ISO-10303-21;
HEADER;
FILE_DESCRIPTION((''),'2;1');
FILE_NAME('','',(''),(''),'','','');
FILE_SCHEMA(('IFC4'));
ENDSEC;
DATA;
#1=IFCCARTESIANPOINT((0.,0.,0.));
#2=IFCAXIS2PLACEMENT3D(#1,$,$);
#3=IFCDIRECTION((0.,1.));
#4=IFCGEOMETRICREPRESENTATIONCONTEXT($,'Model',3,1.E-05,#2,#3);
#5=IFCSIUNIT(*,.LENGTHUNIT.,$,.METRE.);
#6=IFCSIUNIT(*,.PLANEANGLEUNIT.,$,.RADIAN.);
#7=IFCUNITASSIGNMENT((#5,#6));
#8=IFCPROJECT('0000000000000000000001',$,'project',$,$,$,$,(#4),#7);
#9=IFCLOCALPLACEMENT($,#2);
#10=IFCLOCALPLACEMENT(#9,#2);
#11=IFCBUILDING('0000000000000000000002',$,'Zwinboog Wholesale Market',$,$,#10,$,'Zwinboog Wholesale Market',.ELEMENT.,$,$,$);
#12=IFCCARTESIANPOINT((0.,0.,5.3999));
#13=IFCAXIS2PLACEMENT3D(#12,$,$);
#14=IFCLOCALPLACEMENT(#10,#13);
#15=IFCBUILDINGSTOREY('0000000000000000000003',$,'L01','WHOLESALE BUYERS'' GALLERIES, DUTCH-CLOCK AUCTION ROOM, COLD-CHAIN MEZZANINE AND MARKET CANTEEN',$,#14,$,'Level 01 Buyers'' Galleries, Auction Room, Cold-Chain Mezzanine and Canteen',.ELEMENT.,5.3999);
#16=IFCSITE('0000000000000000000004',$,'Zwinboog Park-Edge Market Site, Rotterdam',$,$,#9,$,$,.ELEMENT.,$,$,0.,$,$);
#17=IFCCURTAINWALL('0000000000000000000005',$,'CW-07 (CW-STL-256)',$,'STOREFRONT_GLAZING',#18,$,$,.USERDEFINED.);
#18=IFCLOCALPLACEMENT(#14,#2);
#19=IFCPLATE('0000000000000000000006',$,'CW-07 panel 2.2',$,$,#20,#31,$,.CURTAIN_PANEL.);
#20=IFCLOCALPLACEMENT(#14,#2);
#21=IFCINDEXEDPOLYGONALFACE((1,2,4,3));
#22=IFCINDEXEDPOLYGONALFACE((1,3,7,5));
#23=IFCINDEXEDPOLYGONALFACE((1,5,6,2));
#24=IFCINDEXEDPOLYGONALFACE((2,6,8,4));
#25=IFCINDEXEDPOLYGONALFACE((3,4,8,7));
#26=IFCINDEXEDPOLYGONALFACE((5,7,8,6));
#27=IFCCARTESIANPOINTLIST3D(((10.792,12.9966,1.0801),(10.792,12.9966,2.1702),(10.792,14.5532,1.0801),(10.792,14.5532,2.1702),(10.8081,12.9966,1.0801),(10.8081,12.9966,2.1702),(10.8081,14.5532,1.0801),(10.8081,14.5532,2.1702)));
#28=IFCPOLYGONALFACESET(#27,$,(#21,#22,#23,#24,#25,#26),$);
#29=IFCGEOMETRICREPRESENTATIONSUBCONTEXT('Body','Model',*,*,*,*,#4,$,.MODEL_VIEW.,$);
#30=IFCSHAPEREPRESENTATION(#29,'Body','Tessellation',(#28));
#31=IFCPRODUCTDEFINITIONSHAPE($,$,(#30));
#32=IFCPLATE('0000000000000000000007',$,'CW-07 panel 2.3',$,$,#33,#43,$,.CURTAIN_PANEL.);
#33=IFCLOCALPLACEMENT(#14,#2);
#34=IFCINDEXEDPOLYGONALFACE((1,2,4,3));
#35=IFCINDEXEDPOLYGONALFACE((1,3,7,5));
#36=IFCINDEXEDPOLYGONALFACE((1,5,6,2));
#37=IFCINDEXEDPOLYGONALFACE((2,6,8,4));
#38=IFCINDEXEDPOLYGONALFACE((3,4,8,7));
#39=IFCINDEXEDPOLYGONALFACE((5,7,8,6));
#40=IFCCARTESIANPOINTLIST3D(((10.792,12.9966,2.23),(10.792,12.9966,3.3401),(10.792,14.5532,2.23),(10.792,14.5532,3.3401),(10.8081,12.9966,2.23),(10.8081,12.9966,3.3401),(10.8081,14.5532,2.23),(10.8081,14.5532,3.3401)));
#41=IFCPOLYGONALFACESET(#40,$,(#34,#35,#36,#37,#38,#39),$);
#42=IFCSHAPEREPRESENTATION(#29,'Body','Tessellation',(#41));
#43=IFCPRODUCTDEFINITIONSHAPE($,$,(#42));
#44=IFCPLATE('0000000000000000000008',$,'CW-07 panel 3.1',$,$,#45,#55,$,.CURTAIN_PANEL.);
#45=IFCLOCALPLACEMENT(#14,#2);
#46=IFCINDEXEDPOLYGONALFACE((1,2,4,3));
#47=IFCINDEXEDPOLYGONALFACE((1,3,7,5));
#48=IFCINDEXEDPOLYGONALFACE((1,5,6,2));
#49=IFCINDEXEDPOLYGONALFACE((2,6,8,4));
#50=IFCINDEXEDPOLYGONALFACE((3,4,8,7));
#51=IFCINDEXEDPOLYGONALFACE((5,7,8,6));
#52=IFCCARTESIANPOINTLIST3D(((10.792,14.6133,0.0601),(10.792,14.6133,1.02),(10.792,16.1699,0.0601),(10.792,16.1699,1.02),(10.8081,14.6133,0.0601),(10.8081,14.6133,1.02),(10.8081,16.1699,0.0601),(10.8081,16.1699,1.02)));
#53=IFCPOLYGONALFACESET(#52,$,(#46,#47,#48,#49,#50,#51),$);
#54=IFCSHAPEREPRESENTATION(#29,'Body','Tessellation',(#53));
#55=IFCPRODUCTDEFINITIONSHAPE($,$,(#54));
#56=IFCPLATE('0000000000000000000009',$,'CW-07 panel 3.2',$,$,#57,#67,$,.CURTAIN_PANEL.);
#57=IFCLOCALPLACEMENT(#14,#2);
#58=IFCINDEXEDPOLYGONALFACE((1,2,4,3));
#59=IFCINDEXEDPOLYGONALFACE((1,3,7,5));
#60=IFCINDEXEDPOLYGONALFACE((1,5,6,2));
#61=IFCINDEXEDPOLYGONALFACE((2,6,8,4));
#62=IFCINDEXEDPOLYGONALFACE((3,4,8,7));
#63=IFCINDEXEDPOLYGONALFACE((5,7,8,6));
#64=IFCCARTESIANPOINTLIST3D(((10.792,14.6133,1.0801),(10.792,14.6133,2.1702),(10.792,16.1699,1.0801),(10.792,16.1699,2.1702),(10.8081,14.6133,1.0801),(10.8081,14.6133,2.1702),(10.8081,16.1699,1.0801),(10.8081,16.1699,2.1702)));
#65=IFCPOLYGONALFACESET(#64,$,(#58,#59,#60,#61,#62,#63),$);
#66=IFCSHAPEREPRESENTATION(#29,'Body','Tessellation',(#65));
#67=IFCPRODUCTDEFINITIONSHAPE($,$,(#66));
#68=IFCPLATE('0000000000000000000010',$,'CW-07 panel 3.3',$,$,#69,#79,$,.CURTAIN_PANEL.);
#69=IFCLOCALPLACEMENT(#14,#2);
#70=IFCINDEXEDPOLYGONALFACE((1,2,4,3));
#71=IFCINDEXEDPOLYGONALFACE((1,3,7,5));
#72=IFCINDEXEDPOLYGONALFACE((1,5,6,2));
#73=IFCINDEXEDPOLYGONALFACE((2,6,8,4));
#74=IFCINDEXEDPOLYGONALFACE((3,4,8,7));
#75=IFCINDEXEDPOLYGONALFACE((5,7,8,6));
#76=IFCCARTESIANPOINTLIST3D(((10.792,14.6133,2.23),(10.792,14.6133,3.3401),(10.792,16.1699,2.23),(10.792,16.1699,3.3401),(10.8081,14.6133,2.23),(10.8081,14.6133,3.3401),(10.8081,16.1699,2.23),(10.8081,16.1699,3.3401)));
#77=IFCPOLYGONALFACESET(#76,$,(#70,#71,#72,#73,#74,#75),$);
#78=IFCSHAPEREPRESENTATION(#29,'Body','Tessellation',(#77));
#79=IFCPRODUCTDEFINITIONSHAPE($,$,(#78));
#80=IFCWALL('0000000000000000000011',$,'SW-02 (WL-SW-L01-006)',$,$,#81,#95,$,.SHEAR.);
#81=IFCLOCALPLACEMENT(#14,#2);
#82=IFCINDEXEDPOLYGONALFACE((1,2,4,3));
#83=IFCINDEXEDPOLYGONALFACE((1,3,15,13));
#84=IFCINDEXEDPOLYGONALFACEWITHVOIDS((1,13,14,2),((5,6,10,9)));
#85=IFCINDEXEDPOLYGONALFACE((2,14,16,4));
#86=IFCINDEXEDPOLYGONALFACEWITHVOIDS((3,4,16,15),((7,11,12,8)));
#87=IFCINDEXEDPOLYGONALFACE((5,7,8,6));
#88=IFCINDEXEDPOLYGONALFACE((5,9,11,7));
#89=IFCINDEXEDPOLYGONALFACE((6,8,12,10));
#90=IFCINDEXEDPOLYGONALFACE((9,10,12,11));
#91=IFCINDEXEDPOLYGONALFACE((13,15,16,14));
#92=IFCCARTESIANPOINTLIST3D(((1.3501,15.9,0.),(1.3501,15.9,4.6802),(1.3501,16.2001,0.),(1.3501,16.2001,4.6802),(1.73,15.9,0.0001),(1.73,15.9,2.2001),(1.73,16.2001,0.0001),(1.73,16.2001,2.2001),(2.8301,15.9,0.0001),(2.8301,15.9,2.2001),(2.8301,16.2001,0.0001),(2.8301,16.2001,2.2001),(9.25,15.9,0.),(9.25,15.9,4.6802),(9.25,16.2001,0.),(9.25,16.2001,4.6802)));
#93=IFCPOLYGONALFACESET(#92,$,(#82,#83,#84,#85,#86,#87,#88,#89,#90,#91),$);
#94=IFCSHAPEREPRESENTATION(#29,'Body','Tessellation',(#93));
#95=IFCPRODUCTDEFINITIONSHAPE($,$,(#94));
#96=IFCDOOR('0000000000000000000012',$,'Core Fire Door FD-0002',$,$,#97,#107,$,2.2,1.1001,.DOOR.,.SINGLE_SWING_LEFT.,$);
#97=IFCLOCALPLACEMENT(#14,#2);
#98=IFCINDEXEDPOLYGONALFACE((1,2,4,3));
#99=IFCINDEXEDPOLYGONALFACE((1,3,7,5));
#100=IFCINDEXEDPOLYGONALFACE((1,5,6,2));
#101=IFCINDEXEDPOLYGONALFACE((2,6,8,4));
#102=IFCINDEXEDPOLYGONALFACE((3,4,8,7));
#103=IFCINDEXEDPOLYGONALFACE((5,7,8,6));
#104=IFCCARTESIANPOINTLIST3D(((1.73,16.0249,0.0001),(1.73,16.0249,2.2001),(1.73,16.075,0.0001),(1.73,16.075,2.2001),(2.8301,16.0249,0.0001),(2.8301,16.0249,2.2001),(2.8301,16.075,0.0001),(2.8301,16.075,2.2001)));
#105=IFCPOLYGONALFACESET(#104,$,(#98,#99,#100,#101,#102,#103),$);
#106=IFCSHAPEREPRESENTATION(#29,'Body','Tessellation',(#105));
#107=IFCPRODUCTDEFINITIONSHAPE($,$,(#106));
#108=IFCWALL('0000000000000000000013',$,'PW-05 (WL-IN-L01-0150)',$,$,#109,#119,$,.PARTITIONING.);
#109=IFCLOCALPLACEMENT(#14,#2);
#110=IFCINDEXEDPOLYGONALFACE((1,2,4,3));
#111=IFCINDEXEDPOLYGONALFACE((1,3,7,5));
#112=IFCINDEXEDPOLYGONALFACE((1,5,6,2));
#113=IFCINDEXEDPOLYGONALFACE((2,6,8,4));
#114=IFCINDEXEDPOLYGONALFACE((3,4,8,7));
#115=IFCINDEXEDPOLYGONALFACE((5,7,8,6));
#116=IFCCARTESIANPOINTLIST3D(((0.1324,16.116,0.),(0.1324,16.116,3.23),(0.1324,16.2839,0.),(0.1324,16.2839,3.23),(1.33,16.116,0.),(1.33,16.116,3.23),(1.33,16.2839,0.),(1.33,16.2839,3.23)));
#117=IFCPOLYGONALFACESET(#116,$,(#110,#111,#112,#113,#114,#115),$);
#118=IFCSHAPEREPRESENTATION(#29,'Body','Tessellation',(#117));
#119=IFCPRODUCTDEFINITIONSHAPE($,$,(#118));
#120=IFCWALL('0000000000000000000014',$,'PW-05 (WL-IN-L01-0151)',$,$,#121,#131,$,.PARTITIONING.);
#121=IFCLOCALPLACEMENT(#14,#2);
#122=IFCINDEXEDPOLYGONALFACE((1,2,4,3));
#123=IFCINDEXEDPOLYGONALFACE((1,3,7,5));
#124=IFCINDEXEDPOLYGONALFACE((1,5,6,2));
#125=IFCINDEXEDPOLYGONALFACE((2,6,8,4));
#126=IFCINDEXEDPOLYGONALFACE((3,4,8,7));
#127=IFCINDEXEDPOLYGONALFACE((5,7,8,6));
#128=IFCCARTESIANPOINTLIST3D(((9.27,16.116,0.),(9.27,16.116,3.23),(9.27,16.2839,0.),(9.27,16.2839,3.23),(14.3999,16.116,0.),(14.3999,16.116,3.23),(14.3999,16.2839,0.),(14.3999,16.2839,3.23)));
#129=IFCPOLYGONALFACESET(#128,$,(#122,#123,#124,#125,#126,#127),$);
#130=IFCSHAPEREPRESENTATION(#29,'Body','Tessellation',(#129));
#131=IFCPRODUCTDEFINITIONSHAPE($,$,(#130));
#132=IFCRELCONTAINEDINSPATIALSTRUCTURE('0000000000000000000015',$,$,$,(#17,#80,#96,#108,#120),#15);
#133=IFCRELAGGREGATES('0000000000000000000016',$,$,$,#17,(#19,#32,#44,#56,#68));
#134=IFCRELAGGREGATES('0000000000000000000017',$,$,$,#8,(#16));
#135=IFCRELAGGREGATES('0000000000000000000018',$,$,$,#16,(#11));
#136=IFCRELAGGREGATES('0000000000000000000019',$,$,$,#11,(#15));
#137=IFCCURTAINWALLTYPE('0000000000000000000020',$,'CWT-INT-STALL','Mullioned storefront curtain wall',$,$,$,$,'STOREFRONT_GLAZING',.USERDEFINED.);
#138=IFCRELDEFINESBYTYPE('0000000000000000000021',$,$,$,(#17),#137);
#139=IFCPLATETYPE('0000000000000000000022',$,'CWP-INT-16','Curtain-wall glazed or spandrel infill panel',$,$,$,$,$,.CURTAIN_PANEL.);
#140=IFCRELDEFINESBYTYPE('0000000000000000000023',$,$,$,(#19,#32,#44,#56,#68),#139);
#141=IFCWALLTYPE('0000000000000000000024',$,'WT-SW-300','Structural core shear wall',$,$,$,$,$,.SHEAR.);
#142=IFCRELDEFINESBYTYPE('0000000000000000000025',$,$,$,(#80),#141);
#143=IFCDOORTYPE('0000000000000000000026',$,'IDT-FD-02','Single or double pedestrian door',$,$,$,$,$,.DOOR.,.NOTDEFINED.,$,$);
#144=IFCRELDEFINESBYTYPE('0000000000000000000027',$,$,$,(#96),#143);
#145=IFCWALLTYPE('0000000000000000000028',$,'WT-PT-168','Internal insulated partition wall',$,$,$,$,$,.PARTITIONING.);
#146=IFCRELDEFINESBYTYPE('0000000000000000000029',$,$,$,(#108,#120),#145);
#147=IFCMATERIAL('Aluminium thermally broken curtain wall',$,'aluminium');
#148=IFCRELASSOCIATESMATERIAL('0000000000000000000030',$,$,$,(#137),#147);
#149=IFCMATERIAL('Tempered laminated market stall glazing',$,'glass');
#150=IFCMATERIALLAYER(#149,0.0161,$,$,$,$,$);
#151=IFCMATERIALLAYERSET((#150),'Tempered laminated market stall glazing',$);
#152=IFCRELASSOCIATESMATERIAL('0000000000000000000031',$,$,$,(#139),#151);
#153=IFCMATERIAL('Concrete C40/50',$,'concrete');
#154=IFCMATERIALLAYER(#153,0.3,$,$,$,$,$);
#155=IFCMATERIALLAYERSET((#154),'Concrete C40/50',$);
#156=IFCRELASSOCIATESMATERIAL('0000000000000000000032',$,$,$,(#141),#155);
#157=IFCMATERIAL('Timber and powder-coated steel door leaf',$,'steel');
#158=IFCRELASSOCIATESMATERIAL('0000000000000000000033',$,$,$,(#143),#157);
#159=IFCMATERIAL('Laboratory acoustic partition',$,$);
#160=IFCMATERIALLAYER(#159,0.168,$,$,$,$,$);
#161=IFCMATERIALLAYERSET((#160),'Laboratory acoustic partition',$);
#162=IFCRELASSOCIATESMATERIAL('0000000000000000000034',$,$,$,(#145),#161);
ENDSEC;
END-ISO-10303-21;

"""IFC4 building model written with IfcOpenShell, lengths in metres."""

from ifc_helpers import new_model, si_unit, direction, frame, frame_2d, origin, origin_2d, place, context, subcontext, project, spatial, rectangle, extrude, material, layer, layer_set, type_object, element, fill, aggregate, save


model = new_model("IFC4")

# Units and contexts
model_context = context("Model", 3, precision=1e-05, world=origin(), true_north=direction((0.0, 1.0)))
body_context = subcontext(model_context, "Body", "Model", "MODEL_VIEW")
ifc_project = project(units=[si_unit("LENGTHUNIT", "METRE"), si_unit("PLANEANGLEUNIT", "RADIAN")], contexts=[model_context])

# Site, building, storey
site_placement = place(None, origin())
site = spatial("IfcSite", under=ifc_project, at=site_placement, Name="Zwinboog Park-Edge Market Site, Rotterdam", CompositionType="ELEMENT", RefElevation=0.0)
building_placement = place(site_placement, origin())
building = spatial("IfcBuilding", under=site, at=building_placement, Name="Zwinboog Wholesale Market", LongName="Zwinboog Wholesale Market", CompositionType="ELEMENT")
storey_placement = place(building_placement, frame((0.0, 0.0, 5.3999)))
storey = spatial("IfcBuildingStorey", under=building, at=storey_placement, Name="L01", Description="WHOLESALE BUYERS' GALLERIES, DUTCH-CLOCK AUCTION ROOM, COLD-CHAIN MEZZANINE AND MARKET CANTEEN", LongName="Level 01 Buyers' Galleries, Auction Room, Cold-Chain Mezzanine and Canteen", CompositionType="ELEMENT", Elevation=5.3999)

# Curtain wall
ifc_material_1 = material(Name="Aluminium thermally broken curtain wall", Category="aluminium")
curtain_wall_type_1 = type_object("IfcCurtainWallType", Name="CWT-INT-STALL", Description="Mullioned storefront curtain wall", ElementType="STOREFRONT_GLAZING", PredefinedType="USERDEFINED", material=ifc_material_1)
curtain_wall_1_placement = place(storey_placement, origin())
curtain_wall_1 = element("IfcCurtainWall", 1, at=curtain_wall_1_placement, inside=storey, type_object=curtain_wall_type_1, Name="CW-07 (CW-STL-256)", ObjectType="STOREFRONT_GLAZING", PredefinedType="USERDEFINED")

# Plates
ifc_material_2 = material(Name="Tempered laminated market stall glazing", Category="glass")
ifc_layer_1 = layer(ifc_material_2, 0.0161)
ifc_layer_set_1 = layer_set([ifc_layer_1], Name="Tempered laminated market stall glazing")
plate_type_1 = type_object("IfcPlateType", Name="CWP-INT-16", Description="Curtain-wall glazed or spandrel infill panel", PredefinedType="CURTAIN_PANEL", material=ifc_layer_set_1)
plate_1_placement = place(storey_placement, frame((10.8, 13.7749, 1.0801), z_axis=(0.0, 0.0, 1.0), x_axis=(0.0, 1.0, 0.0)))
plate_1 = element("IfcPlate", 2, at=plate_1_placement, type_object=plate_type_1, Name="CW-07 panel 2.2", PredefinedType="CURTAIN_PANEL", context=body_context, shape_type="SweptSolid", body=[
    extrude(rectangle(XDim=1.5566, YDim=0.0161, at=origin_2d()), origin(), (0.0, 0.0, 1.0), 1.0901),
])
plate_2_placement = place(storey_placement, frame((10.8, 13.7749, 2.23), z_axis=(0.0, 0.0, 1.0), x_axis=(0.0, 1.0, 0.0)))
plate_2 = element("IfcPlate", 3, at=plate_2_placement, type_object=plate_type_1, Name="CW-07 panel 2.3", PredefinedType="CURTAIN_PANEL", context=body_context, shape_type="SweptSolid", body=[
    extrude(rectangle(XDim=1.5566, YDim=0.0161, at=origin_2d()), origin(), (0.0, 0.0, 1.0), 1.1101),
])
plate_3_placement = place(storey_placement, frame((10.8, 15.3916, 0.0601), z_axis=(0.0, 0.0, 1.0), x_axis=(0.0, 1.0, 0.0)))
plate_3 = element("IfcPlate", 4, at=plate_3_placement, type_object=plate_type_1, Name="CW-07 panel 3.1", PredefinedType="CURTAIN_PANEL", context=body_context, shape_type="SweptSolid", body=[
    extrude(rectangle(XDim=1.5566, YDim=0.0161, at=origin_2d()), origin(), (0.0, 0.0, 1.0), 0.96),
])
plate_4_placement = place(storey_placement, frame((10.8, 15.3916, 1.0801), z_axis=(0.0, 0.0, 1.0), x_axis=(0.0, 1.0, 0.0)))
plate_4 = element("IfcPlate", 5, at=plate_4_placement, type_object=plate_type_1, Name="CW-07 panel 3.2", PredefinedType="CURTAIN_PANEL", context=body_context, shape_type="SweptSolid", body=[
    extrude(rectangle(XDim=1.5566, YDim=0.0161, at=origin_2d()), origin(), (0.0, 0.0, 1.0), 1.0901),
])
plate_5_placement = place(storey_placement, frame((10.8, 15.3916, 2.23), z_axis=(0.0, 0.0, 1.0), x_axis=(0.0, 1.0, 0.0)))
plate_5 = element("IfcPlate", 6, at=plate_5_placement, type_object=plate_type_1, Name="CW-07 panel 3.3", PredefinedType="CURTAIN_PANEL", context=body_context, shape_type="SweptSolid", body=[
    extrude(rectangle(XDim=1.5566, YDim=0.0161, at=origin_2d()), origin(), (0.0, 0.0, 1.0), 1.1101),
])
aggregate(curtain_wall_1, [plate_1, plate_2, plate_3, plate_4, plate_5])

# Wall, opening, door
ifc_material_3 = material(Name="Concrete C40/50", Category="concrete")
ifc_layer_2 = layer(ifc_material_3, 0.3)
ifc_layer_set_2 = layer_set([ifc_layer_2], Name="Concrete C40/50")
wall_type_1 = type_object("IfcWallType", Name="WT-SW-300", Description="Structural core shear wall", PredefinedType="SHEAR", material=ifc_layer_set_2)
wall_1_placement = place(storey_placement, frame((1.3501, 16.05, 0.0), z_axis=(0.0, 0.0, 1.0), x_axis=(1.0, 0.0, 0.0)))
wall_1 = element("IfcWall", 7, at=wall_1_placement, inside=storey, type_object=wall_type_1, Name="SW-02 (WL-SW-L01-006)", PredefinedType="SHEAR", context=body_context, shape_type="SweptSolid", body=[
    extrude(rectangle(XDim=7.8999, YDim=0.3, at=frame_2d((3.95, 0.0))), origin(), (0.0, 0.0, 1.0), 4.6802),
])
opening_placement = place(wall_1_placement, frame((0.3799, 0.0, 0.0)))
opening = element("IfcOpeningElement", 8, at=opening_placement, cuts=wall_1, PredefinedType="OPENING", context=body_context, shape_type="SweptSolid", body=[
    extrude(rectangle(XDim=1.1001, YDim=2.2, at=frame_2d((0.55, 1.1001))), frame((0.0, 0.1599, 0.0), z_axis=(0.0, -1.0, 0.0), x_axis=(1.0, 0.0, 0.0)), (0.0, 0.0, 1.0), 0.3201),
])
ifc_material_4 = material(Name="Timber and powder-coated steel door leaf", Category="steel")
door_type = type_object("IfcDoorType", Name="IDT-FD-02", Description="Single or double pedestrian door", OperationType="NOTDEFINED", PredefinedType="DOOR", material=ifc_material_4)
door_placement = place(opening_placement, origin())
door = element("IfcDoor", 9, at=door_placement, inside=storey, type_object=door_type, Name="Core Fire Door FD-0002", OperationType="SINGLE_SWING_LEFT", OverallHeight=2.2, OverallWidth=1.1001, PredefinedType="DOOR", context=body_context, shape_type="SweptSolid", body=[
    extrude(rectangle(XDim=1.1001, YDim=2.2, at=frame_2d((0.55, 1.1001))), frame((0.0, 0.0249, 0.0), z_axis=(0.0, -1.0, 0.0), x_axis=(1.0, 0.0, 0.0)), (0.0, 0.0, 1.0), 0.05),
])
fill(opening, door)

# Walls
ifc_material_5 = material(Name="Laboratory acoustic partition")
ifc_layer_3 = layer(ifc_material_5, 0.168)
ifc_layer_set_3 = layer_set([ifc_layer_3], Name="Laboratory acoustic partition")
wall_type_2 = type_object("IfcWallType", Name="WT-PT-168", Description="Internal insulated partition wall", PredefinedType="PARTITIONING", material=ifc_layer_set_3)
wall_2_placement = place(storey_placement, frame((0.1326, 16.2, 0.0), z_axis=(0.0, 0.0, 1.0), x_axis=(1.0, 0.0, 0.0)))
element("IfcWall", 10, at=wall_2_placement, inside=storey, type_object=wall_type_2, Name="PW-05 (WL-IN-L01-0150)", PredefinedType="PARTITIONING", context=body_context, shape_type="SweptSolid", body=[
    extrude(rectangle(XDim=1.1975, YDim=0.168, at=frame_2d((0.5986, 0.0))), origin(), (0.0, 0.0, 1.0), 3.23),
])
wall_3_placement = place(storey_placement, frame((9.27, 16.2, 0.0), z_axis=(0.0, 0.0, 1.0), x_axis=(1.0, 0.0, 0.0)))
element("IfcWall", 11, at=wall_3_placement, inside=storey, type_object=wall_type_2, Name="PW-05 (WL-IN-L01-0151)", PredefinedType="PARTITIONING", context=body_context, shape_type="SweptSolid", body=[
    extrude(rectangle(XDim=5.1299, YDim=0.168, at=frame_2d((2.5649, 0.0))), origin(), (0.0, 0.0, 1.0), 3.23),
])

save(model, "model.ifc")
